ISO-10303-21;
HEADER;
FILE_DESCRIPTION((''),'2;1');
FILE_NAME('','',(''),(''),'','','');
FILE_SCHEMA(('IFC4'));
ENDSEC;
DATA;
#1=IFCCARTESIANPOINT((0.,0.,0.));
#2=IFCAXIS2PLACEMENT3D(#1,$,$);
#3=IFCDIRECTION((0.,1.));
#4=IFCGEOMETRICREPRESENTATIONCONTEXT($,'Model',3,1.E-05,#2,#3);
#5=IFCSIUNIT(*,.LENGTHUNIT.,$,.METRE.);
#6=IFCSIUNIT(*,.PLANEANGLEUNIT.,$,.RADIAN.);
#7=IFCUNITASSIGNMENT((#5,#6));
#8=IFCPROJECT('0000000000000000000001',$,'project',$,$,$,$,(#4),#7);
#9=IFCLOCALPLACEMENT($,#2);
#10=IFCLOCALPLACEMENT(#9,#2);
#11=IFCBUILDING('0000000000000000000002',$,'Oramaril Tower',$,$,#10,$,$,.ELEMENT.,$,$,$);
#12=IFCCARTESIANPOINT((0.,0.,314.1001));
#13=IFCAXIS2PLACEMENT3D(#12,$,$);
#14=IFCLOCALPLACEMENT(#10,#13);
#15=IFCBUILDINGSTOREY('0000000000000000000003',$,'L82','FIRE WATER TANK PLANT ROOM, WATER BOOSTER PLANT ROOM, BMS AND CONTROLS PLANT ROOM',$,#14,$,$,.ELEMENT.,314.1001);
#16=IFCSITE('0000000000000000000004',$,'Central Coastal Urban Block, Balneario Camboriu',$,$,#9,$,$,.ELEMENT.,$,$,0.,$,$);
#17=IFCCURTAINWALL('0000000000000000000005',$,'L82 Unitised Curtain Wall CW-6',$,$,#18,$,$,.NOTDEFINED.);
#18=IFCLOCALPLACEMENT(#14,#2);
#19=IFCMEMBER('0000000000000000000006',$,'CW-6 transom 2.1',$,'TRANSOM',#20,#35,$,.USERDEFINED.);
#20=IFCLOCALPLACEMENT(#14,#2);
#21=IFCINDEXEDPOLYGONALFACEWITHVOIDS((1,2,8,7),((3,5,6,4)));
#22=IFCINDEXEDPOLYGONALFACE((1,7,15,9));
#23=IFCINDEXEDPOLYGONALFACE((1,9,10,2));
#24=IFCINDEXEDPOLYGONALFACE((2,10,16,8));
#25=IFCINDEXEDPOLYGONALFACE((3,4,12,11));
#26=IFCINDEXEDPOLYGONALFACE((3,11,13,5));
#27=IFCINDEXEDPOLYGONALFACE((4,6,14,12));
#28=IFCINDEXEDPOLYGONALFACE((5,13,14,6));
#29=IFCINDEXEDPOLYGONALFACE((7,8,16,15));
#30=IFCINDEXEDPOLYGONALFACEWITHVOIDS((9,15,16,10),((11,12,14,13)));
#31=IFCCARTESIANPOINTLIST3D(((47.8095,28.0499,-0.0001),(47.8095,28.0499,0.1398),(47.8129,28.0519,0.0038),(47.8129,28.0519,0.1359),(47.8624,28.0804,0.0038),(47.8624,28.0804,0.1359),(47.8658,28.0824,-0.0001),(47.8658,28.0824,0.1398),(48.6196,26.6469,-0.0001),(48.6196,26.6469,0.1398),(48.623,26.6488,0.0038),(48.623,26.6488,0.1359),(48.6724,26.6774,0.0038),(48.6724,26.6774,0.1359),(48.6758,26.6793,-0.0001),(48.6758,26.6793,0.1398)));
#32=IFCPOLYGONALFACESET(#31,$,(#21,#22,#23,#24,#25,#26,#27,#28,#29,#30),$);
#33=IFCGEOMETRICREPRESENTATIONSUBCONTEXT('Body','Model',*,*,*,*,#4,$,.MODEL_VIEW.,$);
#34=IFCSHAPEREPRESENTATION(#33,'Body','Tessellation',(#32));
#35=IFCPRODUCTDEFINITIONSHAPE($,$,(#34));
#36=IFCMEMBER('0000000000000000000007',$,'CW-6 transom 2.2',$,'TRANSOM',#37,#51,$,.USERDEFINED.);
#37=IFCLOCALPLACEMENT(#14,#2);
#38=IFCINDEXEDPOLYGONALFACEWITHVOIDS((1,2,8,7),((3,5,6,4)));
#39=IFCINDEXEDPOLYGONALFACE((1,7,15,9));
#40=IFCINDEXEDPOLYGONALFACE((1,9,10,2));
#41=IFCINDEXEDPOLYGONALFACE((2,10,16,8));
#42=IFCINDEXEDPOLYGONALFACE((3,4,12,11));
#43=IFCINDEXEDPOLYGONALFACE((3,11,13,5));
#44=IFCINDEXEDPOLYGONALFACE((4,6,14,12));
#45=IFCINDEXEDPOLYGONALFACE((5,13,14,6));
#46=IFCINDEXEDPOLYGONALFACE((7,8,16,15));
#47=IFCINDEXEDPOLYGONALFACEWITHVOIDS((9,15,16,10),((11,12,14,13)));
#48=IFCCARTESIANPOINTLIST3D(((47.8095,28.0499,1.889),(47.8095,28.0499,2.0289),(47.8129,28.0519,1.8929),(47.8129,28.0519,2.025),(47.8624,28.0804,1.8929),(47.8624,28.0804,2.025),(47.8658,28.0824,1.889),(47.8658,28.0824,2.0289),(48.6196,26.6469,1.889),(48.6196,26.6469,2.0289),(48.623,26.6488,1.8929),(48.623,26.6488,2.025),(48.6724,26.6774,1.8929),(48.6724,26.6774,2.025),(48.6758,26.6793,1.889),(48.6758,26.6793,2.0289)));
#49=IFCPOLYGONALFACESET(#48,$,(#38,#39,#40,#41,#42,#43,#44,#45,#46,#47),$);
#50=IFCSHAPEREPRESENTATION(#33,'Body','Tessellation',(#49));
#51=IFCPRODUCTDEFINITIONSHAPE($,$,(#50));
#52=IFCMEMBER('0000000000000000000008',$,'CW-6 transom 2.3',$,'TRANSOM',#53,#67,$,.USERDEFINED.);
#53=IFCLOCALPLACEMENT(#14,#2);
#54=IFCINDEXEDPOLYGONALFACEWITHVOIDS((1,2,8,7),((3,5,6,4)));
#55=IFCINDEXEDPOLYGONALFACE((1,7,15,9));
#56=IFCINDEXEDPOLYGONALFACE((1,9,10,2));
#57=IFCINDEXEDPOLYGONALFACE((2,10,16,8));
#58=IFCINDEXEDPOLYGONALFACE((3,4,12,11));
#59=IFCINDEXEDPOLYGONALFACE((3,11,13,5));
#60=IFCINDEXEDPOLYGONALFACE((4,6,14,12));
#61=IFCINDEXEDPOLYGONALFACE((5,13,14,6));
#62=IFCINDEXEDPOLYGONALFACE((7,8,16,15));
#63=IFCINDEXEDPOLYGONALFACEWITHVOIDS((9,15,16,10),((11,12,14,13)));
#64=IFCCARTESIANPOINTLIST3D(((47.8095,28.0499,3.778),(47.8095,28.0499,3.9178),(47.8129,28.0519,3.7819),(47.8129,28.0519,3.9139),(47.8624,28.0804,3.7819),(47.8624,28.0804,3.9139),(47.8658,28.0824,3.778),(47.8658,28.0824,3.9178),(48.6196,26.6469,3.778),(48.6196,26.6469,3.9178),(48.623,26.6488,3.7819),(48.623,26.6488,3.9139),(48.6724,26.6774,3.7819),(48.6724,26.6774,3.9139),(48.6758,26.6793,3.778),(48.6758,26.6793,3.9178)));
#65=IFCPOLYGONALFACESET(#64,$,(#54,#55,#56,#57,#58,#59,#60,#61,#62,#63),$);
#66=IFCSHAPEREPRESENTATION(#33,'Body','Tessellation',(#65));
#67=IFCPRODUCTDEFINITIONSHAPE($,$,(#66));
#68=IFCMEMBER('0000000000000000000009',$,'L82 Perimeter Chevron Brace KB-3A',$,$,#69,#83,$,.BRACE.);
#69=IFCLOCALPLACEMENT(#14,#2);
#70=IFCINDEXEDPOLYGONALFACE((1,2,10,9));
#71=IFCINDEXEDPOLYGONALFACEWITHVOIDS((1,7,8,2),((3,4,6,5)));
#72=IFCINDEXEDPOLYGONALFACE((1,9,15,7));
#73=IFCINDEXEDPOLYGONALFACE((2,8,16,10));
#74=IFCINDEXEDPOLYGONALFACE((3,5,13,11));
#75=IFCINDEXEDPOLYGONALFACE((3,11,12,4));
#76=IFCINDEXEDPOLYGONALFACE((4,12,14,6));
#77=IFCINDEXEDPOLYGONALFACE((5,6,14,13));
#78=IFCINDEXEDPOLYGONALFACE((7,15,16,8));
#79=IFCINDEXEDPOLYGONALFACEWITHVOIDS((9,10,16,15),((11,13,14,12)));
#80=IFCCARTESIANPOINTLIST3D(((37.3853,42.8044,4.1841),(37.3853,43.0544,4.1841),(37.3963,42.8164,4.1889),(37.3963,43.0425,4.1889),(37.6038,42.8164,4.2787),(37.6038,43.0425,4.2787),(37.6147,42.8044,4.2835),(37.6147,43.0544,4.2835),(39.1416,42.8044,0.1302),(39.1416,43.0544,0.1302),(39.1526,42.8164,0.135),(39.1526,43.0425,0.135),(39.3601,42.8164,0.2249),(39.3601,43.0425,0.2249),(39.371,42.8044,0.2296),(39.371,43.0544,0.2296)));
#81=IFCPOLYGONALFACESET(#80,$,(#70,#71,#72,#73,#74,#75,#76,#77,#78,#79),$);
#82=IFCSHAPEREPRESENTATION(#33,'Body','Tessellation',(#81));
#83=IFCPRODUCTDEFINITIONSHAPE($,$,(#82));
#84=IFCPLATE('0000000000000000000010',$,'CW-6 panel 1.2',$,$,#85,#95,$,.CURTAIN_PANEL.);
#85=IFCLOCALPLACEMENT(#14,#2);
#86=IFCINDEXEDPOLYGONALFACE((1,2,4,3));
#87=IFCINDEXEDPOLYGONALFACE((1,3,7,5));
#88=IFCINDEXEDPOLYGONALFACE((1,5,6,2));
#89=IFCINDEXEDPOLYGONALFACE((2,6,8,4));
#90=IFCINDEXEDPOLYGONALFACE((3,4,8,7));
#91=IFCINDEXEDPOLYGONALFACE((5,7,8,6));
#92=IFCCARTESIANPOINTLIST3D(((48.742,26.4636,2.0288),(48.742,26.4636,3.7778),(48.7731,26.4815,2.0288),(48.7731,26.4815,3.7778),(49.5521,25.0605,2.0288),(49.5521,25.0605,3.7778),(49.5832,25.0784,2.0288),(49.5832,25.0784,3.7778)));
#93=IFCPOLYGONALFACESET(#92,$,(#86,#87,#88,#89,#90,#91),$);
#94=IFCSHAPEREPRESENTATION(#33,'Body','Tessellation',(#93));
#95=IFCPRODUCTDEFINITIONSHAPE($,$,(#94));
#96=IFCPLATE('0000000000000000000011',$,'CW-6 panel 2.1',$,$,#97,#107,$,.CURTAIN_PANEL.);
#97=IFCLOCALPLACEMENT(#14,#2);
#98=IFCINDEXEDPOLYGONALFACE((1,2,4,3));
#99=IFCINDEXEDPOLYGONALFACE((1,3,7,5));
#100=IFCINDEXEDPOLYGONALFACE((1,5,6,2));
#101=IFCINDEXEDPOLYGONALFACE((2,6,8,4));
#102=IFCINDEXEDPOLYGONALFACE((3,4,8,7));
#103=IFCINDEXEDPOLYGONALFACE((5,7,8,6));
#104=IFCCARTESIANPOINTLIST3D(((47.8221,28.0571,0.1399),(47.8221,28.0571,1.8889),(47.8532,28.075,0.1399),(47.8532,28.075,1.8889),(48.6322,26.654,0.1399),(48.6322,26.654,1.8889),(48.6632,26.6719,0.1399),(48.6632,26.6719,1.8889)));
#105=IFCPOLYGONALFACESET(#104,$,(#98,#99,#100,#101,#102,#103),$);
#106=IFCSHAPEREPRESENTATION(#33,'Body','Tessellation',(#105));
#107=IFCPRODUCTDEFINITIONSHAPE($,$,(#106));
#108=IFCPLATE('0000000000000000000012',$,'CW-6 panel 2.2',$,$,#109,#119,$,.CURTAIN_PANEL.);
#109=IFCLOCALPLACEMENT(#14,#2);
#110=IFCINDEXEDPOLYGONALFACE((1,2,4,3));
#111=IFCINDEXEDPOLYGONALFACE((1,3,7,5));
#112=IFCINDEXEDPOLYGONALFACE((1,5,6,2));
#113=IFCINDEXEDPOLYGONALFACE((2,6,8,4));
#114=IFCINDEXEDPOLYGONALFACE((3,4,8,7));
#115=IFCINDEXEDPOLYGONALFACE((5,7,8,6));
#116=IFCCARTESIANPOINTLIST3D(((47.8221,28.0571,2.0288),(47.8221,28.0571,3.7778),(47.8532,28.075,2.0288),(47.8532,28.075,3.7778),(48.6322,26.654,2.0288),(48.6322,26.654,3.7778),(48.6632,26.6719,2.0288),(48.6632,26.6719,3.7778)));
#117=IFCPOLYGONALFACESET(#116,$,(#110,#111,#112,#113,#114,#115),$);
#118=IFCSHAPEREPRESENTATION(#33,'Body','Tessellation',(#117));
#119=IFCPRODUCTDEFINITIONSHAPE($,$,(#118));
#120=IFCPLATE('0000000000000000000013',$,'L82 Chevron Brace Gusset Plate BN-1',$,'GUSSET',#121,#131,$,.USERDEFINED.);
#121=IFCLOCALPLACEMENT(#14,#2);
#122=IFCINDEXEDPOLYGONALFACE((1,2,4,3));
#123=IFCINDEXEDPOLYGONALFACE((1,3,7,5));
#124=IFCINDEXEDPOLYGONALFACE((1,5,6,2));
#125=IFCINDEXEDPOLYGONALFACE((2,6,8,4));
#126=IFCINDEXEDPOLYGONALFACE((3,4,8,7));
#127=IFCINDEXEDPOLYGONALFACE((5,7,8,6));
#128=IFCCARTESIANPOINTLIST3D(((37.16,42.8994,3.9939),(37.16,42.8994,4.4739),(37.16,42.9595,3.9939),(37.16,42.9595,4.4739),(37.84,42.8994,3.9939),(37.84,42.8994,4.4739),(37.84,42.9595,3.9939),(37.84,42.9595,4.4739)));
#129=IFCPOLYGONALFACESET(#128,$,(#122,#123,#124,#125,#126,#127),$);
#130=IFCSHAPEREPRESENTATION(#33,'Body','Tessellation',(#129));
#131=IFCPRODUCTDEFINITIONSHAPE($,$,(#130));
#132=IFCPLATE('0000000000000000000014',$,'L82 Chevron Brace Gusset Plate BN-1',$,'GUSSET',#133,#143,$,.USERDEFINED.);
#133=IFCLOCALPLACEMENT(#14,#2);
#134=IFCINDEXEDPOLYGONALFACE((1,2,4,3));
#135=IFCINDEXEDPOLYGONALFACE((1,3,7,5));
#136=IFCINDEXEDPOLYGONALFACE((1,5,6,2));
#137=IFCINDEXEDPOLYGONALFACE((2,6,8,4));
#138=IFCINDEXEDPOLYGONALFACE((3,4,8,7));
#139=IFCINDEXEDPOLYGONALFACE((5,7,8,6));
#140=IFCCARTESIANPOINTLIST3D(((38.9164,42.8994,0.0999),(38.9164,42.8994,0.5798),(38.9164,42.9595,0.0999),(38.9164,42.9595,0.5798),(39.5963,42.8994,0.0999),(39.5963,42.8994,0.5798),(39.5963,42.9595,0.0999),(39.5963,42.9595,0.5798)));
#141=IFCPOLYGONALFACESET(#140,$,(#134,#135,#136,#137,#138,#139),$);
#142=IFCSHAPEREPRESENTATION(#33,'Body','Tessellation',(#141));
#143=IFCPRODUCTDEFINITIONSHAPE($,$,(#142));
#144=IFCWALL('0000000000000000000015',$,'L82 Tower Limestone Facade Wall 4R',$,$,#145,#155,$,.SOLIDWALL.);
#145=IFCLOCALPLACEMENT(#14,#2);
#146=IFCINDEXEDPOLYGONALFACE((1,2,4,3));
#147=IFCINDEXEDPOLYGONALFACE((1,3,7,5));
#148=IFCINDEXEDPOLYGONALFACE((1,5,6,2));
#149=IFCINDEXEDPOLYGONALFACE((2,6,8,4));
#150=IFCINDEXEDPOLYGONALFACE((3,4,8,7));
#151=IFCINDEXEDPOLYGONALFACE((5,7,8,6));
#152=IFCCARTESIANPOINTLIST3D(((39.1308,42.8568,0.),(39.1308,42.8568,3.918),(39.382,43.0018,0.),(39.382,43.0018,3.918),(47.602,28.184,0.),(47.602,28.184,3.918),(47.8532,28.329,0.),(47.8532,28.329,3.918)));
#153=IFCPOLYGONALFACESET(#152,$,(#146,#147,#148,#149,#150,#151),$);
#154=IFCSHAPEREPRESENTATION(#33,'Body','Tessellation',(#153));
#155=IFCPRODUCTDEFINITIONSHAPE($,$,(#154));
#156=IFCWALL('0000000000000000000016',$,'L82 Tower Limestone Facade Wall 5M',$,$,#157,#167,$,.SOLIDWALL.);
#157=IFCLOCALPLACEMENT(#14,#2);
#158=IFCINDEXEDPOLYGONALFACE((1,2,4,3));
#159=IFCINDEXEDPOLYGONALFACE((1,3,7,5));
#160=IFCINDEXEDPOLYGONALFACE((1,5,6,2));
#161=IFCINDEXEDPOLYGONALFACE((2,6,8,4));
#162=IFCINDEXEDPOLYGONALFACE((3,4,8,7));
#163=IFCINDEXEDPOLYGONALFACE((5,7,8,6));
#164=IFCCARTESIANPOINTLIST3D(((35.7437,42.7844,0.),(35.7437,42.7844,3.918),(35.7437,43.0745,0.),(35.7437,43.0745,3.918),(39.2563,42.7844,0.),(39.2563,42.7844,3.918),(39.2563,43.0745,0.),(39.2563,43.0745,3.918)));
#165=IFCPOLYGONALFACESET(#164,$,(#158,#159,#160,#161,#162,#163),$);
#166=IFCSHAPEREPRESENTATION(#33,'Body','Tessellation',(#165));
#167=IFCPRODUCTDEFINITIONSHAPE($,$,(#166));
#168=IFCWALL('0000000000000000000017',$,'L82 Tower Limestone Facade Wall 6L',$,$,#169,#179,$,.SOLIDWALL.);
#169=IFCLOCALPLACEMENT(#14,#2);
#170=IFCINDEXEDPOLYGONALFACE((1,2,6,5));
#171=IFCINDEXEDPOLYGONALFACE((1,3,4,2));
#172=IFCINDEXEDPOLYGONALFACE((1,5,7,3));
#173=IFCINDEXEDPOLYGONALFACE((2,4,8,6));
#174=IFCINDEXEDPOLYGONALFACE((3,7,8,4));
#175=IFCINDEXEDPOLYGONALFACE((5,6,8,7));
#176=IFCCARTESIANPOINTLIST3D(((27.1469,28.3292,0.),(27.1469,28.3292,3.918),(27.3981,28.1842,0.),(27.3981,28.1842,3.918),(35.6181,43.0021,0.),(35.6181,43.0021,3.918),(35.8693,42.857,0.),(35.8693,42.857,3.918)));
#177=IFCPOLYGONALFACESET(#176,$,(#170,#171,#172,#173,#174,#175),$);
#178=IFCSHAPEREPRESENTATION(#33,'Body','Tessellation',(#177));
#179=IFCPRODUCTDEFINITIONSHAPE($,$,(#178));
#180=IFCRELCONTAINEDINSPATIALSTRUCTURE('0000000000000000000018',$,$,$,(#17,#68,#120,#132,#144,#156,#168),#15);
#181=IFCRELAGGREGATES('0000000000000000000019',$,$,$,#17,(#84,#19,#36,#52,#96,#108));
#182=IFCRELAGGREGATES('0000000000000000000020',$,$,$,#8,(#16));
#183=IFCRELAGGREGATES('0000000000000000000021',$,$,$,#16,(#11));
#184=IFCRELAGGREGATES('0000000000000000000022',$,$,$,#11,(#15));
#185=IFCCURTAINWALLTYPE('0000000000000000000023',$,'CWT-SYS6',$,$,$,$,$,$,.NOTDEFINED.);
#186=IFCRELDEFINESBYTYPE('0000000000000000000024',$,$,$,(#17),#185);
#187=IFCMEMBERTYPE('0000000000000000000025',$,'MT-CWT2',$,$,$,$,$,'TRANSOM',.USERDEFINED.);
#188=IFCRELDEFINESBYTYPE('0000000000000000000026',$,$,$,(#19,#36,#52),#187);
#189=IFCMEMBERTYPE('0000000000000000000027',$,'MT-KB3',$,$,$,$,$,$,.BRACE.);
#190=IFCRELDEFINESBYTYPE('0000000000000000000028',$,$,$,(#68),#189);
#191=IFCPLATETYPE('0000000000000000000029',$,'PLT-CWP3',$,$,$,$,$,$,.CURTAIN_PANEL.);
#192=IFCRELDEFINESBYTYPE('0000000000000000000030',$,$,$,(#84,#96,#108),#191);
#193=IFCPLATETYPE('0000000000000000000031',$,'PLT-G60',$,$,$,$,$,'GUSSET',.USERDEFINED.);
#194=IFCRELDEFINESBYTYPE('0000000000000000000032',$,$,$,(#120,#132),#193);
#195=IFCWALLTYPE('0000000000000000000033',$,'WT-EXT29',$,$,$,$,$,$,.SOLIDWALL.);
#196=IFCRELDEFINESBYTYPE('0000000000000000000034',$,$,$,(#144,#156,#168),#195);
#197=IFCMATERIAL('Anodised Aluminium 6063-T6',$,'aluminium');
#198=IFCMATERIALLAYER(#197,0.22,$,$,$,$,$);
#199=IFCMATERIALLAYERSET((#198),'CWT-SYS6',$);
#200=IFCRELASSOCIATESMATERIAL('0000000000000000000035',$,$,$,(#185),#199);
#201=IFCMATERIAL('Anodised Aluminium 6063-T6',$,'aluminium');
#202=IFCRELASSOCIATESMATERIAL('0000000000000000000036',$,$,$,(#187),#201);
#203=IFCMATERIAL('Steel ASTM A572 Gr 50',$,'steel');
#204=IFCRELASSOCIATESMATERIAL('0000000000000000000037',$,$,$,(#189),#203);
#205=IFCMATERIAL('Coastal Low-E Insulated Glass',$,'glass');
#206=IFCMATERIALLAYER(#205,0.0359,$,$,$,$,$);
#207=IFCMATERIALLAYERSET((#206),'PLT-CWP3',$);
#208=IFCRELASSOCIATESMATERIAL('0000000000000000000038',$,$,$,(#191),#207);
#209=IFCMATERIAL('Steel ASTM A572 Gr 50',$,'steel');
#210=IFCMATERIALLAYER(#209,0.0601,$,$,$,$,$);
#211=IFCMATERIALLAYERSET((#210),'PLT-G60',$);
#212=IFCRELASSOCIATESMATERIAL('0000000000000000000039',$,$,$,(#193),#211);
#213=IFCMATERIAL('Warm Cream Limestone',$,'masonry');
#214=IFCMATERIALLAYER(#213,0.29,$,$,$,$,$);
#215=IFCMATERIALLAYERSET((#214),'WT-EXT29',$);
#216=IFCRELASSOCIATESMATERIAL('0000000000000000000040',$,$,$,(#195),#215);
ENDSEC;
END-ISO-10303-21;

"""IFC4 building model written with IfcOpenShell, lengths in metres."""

from ifc_helpers import new_model, si_unit, direction, frame, frame_2d, origin, origin_2d, place, context, subcontext, project, spatial, rectangle, hollow_rectangle, extrude, material, layer, layer_set, material_profile, profile_set, type_object, element, aggregate, save


model = new_model("IFC4")

# Units and contexts
model_context = context("Model", 3, precision=1e-05, world=origin(), true_north=direction((0.0, 1.0)))
body_context = subcontext(model_context, "Body", "Model", "MODEL_VIEW")
ifc_project = project(units=[si_unit("LENGTHUNIT", "METRE"), si_unit("PLANEANGLEUNIT", "RADIAN")], contexts=[model_context])

# Site, building, storey
site_placement = place(None, origin())
site = spatial("IfcSite", under=ifc_project, at=site_placement, Name="Central Coastal Urban Block, Balneario Camboriu", CompositionType="ELEMENT", RefElevation=0.0)
building_placement = place(site_placement, origin())
building = spatial("IfcBuilding", under=site, at=building_placement, Name="Oramaril Tower", CompositionType="ELEMENT")
storey_placement = place(building_placement, frame((0.0, 0.0, 314.1001)))
storey = spatial("IfcBuildingStorey", under=building, at=storey_placement, Name="L82", Description="FIRE WATER TANK PLANT ROOM, WATER BOOSTER PLANT ROOM, BMS AND CONTROLS PLANT ROOM", CompositionType="ELEMENT", Elevation=314.1001)

# Curtain wall, members
ifc_material_1 = material(Name="Anodised Aluminium 6063-T6", Category="aluminium")
ifc_layer_1 = layer(ifc_material_1, 0.22)
ifc_layer_set_1 = layer_set([ifc_layer_1], Name="CWT-SYS6")
curtain_wall_type = type_object("IfcCurtainWallType", Name="CWT-SYS6", PredefinedType="NOTDEFINED", material=ifc_layer_set_1)
curtain_wall_placement = place(storey_placement, origin())
curtain_wall = element("IfcCurtainWall", 1, at=curtain_wall_placement, inside=storey, type_object=curtain_wall_type, Name="L82 Unitised Curtain Wall CW-6", PredefinedType="NOTDEFINED")
ifc_material_2 = material(Name="Anodised Aluminium 6063-T6", Category="aluminium")
ifc_material_profile_1 = material_profile(ifc_material_2, hollow_rectangle(XDim=0.0649, YDim=0.1399, WallThickness=0.0039, at=origin_2d()), Name="CWT140X65")
ifc_profile_set_1 = profile_set([ifc_material_profile_1], Name="Anodised Aluminium 6063-T6")
member_type_1 = type_object("IfcMemberType", Name="MT-CWT2", ElementType="TRANSOM", PredefinedType="USERDEFINED", material=ifc_profile_set_1)
member_1_placement = place(storey_placement, frame((48.6477, 26.6631, 0.0698), z_axis=(-0.499996, 0.866027, 0.0), x_axis=(-0.866027, -0.499996, 0.0)))
member_1 = element("IfcMember", 2, at=member_1_placement, type_object=member_type_1, Name="CW-6 transom 2.1", ObjectType="TRANSOM", PredefinedType="USERDEFINED", context=body_context, shape_type="SweptSolid", body=[
    extrude(hollow_rectangle(XDim=0.0649, YDim=0.1399, WallThickness=0.0039, at=origin_2d()), origin(), (0.0, 0.0, 1.0), 1.6201),
])
member_2_placement = place(storey_placement, frame((48.6477, 26.6631, 1.959), z_axis=(-0.499996, 0.866027, 0.0), x_axis=(-0.866027, -0.499996, 0.0)))
member_2 = element("IfcMember", 3, at=member_2_placement, type_object=member_type_1, Name="CW-6 transom 2.2", ObjectType="TRANSOM", PredefinedType="USERDEFINED", context=body_context, shape_type="SweptSolid", body=[
    extrude(hollow_rectangle(XDim=0.0649, YDim=0.1399, WallThickness=0.0039, at=origin_2d()), origin(), (0.0, 0.0, 1.0), 1.6201),
])
member_3_placement = place(storey_placement, frame((48.6477, 26.6631, 3.8479), z_axis=(-0.499996, 0.866027, 0.0), x_axis=(-0.866027, -0.499996, 0.0)))
member_3 = element("IfcMember", 4, at=member_3_placement, type_object=member_type_1, Name="CW-6 transom 2.3", ObjectType="TRANSOM", PredefinedType="USERDEFINED", context=body_context, shape_type="SweptSolid", body=[
    extrude(hollow_rectangle(XDim=0.0649, YDim=0.1399, WallThickness=0.0039, at=origin_2d()), origin(), (0.0, 0.0, 1.0), 1.6201),
])

# Member
ifc_material_3 = material(Name="Steel ASTM A572 Gr 50", Category="steel")
ifc_material_profile_2 = material_profile(ifc_material_3, hollow_rectangle(XDim=0.25, YDim=0.25, WallThickness=0.012, at=origin_2d()), Name="HSS250X250X12")
ifc_profile_set_2 = profile_set([ifc_material_profile_2], Name="Steel ASTM A572 Gr 50")
member_type_2 = type_object("IfcMemberType", Name="MT-KB3", PredefinedType="BRACE", material=ifc_profile_set_2)
member_4_placement = place(storey_placement, frame((39.2563, 42.9294, 0.1799), z_axis=(-0.397538, 0.0, 0.917586), x_axis=(0.0, -1.0, 0.0)))
element("IfcMember", 5, at=member_4_placement, inside=storey, type_object=member_type_2, Name="L82 Perimeter Chevron Brace KB-3A", PredefinedType="BRACE", context=body_context, shape_type="SweptSolid", body=[
    extrude(hollow_rectangle(XDim=0.25, YDim=0.25, WallThickness=0.012, at=origin_2d()), origin(), (0.0, 0.0, 1.0), 4.418),
])

# Plates
ifc_material_4 = material(Name="Coastal Low-E Insulated Glass", Category="glass")
ifc_layer_2 = layer(ifc_material_4, 0.0359)
ifc_layer_set_2 = layer_set([ifc_layer_2], Name="PLT-CWP3")
plate_type_1 = type_object("IfcPlateType", Name="PLT-CWP3", PredefinedType="CURTAIN_PANEL", material=ifc_layer_set_2)
plate_1_placement = place(storey_placement, frame((49.1626, 25.771, 2.0288), z_axis=(0.0, 0.0, 1.0), x_axis=(-0.5, 0.866025, 0.0)))
plate_1 = element("IfcPlate", 6, at=plate_1_placement, type_object=plate_type_1, Name="CW-6 panel 1.2", PredefinedType="CURTAIN_PANEL", context=body_context, shape_type="SweptSolid", body=[
    extrude(rectangle(XDim=1.6201, YDim=0.0359, at=origin_2d()), origin(), (0.0, 0.0, 1.0), 1.749),
])
plate_2_placement = place(storey_placement, frame((48.2427, 27.3645, 0.1399), z_axis=(0.0, 0.0, 1.0), x_axis=(-0.5, 0.866025, 0.0)))
plate_2 = element("IfcPlate", 7, at=plate_2_placement, type_object=plate_type_1, Name="CW-6 panel 2.1", PredefinedType="CURTAIN_PANEL", context=body_context, shape_type="SweptSolid", body=[
    extrude(rectangle(XDim=1.6201, YDim=0.0359, at=origin_2d()), origin(), (0.0, 0.0, 1.0), 1.749),
])
plate_3_placement = place(storey_placement, frame((48.2427, 27.3645, 2.0288), z_axis=(0.0, 0.0, 1.0), x_axis=(-0.5, 0.866025, 0.0)))
plate_3 = element("IfcPlate", 8, at=plate_3_placement, type_object=plate_type_1, Name="CW-6 panel 2.2", PredefinedType="CURTAIN_PANEL", context=body_context, shape_type="SweptSolid", body=[
    extrude(rectangle(XDim=1.6201, YDim=0.0359, at=origin_2d()), origin(), (0.0, 0.0, 1.0), 1.749),
])
aggregate(curtain_wall, [plate_1, member_1, member_2, member_3, plate_2, plate_3])

# Plates
ifc_material_5 = material(Name="Steel ASTM A572 Gr 50", Category="steel")
ifc_layer_3 = layer(ifc_material_5, 0.0601)
ifc_layer_set_3 = layer_set([ifc_layer_3], Name="PLT-G60")
plate_type_2 = type_object("IfcPlateType", Name="PLT-G60", ElementType="GUSSET", PredefinedType="USERDEFINED", material=ifc_layer_set_3)
for number, where, z_axis, x_axis, name in (
    (9, (37.5, 42.9294, 3.9939), (0.0, 0.0, 1.0), (-1.0, 0.0, 0.0), "L82 Chevron Brace Gusset Plate BN-1"),
    (10, (39.2563, 42.9294, 0.0999), (0.0, 0.0, 1.0), (-1.0, 0.0, 0.0), "L82 Chevron Brace Gusset Plate BN-1"),
):
    element("IfcPlate", number, at=place(storey_placement, frame(where, z_axis=z_axis, x_axis=x_axis)), inside=storey, type_object=plate_type_2, Name=name, ObjectType="GUSSET", PredefinedType="USERDEFINED", context=body_context, shape_type="SweptSolid", body=[
        extrude(rectangle(XDim=0.6799, YDim=0.0601, at=origin_2d()), origin(), (0.0, 0.0, 1.0), 0.48),
    ])

# Walls
ifc_material_6 = material(Name="Warm Cream Limestone", Category="masonry")
ifc_layer_4 = layer(ifc_material_6, 0.29)
ifc_layer_set_4 = layer_set([ifc_layer_4], Name="WT-EXT29")
wall_type_1 = type_object("IfcWallType", Name="WT-EXT29", PredefinedType="SOLIDWALL", material=ifc_layer_set_4)
wall_1_placement = place(storey_placement, frame((47.7275, 28.2566, 0.0), z_axis=(0.0, 0.0, 1.0), x_axis=(-0.499992, 0.86603, 0.0)))
element("IfcWall", 11, at=wall_1_placement, inside=storey, type_object=wall_type_1, Name="L82 Tower Limestone Facade Wall 4R", PredefinedType="SOLIDWALL", context=body_context, shape_type="SweptSolid", body=[
    extrude(rectangle(XDim=16.9426, YDim=0.29, at=frame_2d((8.4712, 0.0))), origin(), (0.0, 0.0, 1.0), 3.918),
])
wall_2_placement = place(storey_placement, frame((39.2563, 42.9294, 0.0), z_axis=(0.0, 0.0, 1.0), x_axis=(-1.0, 0.0, 0.0)))
element("IfcWall", 12, at=wall_2_placement, inside=storey, type_object=wall_type_1, Name="L82 Tower Limestone Facade Wall 5M", PredefinedType="SOLIDWALL", context=body_context, shape_type="SweptSolid", body=[
    extrude(rectangle(XDim=3.5127, YDim=0.29, at=frame_2d((1.7563, 0.0))), origin(), (0.0, 0.0, 1.0), 3.918),
])
wall_3_placement = place(storey_placement, frame((35.7437, 42.9294, 0.0), z_axis=(0.0, 0.0, 1.0), x_axis=(-0.499992, -0.86603, 0.0)))
element("IfcWall", 13, at=wall_3_placement, inside=storey, type_object=wall_type_1, Name="L82 Tower Limestone Facade Wall 6L", PredefinedType="SOLIDWALL", context=body_context, shape_type="SweptSolid", body=[
    extrude(rectangle(XDim=16.9426, YDim=0.29, at=frame_2d((8.4712, 0.0))), origin(), (0.0, 0.0, 1.0), 3.918),
])

save(model, "model.ifc")
